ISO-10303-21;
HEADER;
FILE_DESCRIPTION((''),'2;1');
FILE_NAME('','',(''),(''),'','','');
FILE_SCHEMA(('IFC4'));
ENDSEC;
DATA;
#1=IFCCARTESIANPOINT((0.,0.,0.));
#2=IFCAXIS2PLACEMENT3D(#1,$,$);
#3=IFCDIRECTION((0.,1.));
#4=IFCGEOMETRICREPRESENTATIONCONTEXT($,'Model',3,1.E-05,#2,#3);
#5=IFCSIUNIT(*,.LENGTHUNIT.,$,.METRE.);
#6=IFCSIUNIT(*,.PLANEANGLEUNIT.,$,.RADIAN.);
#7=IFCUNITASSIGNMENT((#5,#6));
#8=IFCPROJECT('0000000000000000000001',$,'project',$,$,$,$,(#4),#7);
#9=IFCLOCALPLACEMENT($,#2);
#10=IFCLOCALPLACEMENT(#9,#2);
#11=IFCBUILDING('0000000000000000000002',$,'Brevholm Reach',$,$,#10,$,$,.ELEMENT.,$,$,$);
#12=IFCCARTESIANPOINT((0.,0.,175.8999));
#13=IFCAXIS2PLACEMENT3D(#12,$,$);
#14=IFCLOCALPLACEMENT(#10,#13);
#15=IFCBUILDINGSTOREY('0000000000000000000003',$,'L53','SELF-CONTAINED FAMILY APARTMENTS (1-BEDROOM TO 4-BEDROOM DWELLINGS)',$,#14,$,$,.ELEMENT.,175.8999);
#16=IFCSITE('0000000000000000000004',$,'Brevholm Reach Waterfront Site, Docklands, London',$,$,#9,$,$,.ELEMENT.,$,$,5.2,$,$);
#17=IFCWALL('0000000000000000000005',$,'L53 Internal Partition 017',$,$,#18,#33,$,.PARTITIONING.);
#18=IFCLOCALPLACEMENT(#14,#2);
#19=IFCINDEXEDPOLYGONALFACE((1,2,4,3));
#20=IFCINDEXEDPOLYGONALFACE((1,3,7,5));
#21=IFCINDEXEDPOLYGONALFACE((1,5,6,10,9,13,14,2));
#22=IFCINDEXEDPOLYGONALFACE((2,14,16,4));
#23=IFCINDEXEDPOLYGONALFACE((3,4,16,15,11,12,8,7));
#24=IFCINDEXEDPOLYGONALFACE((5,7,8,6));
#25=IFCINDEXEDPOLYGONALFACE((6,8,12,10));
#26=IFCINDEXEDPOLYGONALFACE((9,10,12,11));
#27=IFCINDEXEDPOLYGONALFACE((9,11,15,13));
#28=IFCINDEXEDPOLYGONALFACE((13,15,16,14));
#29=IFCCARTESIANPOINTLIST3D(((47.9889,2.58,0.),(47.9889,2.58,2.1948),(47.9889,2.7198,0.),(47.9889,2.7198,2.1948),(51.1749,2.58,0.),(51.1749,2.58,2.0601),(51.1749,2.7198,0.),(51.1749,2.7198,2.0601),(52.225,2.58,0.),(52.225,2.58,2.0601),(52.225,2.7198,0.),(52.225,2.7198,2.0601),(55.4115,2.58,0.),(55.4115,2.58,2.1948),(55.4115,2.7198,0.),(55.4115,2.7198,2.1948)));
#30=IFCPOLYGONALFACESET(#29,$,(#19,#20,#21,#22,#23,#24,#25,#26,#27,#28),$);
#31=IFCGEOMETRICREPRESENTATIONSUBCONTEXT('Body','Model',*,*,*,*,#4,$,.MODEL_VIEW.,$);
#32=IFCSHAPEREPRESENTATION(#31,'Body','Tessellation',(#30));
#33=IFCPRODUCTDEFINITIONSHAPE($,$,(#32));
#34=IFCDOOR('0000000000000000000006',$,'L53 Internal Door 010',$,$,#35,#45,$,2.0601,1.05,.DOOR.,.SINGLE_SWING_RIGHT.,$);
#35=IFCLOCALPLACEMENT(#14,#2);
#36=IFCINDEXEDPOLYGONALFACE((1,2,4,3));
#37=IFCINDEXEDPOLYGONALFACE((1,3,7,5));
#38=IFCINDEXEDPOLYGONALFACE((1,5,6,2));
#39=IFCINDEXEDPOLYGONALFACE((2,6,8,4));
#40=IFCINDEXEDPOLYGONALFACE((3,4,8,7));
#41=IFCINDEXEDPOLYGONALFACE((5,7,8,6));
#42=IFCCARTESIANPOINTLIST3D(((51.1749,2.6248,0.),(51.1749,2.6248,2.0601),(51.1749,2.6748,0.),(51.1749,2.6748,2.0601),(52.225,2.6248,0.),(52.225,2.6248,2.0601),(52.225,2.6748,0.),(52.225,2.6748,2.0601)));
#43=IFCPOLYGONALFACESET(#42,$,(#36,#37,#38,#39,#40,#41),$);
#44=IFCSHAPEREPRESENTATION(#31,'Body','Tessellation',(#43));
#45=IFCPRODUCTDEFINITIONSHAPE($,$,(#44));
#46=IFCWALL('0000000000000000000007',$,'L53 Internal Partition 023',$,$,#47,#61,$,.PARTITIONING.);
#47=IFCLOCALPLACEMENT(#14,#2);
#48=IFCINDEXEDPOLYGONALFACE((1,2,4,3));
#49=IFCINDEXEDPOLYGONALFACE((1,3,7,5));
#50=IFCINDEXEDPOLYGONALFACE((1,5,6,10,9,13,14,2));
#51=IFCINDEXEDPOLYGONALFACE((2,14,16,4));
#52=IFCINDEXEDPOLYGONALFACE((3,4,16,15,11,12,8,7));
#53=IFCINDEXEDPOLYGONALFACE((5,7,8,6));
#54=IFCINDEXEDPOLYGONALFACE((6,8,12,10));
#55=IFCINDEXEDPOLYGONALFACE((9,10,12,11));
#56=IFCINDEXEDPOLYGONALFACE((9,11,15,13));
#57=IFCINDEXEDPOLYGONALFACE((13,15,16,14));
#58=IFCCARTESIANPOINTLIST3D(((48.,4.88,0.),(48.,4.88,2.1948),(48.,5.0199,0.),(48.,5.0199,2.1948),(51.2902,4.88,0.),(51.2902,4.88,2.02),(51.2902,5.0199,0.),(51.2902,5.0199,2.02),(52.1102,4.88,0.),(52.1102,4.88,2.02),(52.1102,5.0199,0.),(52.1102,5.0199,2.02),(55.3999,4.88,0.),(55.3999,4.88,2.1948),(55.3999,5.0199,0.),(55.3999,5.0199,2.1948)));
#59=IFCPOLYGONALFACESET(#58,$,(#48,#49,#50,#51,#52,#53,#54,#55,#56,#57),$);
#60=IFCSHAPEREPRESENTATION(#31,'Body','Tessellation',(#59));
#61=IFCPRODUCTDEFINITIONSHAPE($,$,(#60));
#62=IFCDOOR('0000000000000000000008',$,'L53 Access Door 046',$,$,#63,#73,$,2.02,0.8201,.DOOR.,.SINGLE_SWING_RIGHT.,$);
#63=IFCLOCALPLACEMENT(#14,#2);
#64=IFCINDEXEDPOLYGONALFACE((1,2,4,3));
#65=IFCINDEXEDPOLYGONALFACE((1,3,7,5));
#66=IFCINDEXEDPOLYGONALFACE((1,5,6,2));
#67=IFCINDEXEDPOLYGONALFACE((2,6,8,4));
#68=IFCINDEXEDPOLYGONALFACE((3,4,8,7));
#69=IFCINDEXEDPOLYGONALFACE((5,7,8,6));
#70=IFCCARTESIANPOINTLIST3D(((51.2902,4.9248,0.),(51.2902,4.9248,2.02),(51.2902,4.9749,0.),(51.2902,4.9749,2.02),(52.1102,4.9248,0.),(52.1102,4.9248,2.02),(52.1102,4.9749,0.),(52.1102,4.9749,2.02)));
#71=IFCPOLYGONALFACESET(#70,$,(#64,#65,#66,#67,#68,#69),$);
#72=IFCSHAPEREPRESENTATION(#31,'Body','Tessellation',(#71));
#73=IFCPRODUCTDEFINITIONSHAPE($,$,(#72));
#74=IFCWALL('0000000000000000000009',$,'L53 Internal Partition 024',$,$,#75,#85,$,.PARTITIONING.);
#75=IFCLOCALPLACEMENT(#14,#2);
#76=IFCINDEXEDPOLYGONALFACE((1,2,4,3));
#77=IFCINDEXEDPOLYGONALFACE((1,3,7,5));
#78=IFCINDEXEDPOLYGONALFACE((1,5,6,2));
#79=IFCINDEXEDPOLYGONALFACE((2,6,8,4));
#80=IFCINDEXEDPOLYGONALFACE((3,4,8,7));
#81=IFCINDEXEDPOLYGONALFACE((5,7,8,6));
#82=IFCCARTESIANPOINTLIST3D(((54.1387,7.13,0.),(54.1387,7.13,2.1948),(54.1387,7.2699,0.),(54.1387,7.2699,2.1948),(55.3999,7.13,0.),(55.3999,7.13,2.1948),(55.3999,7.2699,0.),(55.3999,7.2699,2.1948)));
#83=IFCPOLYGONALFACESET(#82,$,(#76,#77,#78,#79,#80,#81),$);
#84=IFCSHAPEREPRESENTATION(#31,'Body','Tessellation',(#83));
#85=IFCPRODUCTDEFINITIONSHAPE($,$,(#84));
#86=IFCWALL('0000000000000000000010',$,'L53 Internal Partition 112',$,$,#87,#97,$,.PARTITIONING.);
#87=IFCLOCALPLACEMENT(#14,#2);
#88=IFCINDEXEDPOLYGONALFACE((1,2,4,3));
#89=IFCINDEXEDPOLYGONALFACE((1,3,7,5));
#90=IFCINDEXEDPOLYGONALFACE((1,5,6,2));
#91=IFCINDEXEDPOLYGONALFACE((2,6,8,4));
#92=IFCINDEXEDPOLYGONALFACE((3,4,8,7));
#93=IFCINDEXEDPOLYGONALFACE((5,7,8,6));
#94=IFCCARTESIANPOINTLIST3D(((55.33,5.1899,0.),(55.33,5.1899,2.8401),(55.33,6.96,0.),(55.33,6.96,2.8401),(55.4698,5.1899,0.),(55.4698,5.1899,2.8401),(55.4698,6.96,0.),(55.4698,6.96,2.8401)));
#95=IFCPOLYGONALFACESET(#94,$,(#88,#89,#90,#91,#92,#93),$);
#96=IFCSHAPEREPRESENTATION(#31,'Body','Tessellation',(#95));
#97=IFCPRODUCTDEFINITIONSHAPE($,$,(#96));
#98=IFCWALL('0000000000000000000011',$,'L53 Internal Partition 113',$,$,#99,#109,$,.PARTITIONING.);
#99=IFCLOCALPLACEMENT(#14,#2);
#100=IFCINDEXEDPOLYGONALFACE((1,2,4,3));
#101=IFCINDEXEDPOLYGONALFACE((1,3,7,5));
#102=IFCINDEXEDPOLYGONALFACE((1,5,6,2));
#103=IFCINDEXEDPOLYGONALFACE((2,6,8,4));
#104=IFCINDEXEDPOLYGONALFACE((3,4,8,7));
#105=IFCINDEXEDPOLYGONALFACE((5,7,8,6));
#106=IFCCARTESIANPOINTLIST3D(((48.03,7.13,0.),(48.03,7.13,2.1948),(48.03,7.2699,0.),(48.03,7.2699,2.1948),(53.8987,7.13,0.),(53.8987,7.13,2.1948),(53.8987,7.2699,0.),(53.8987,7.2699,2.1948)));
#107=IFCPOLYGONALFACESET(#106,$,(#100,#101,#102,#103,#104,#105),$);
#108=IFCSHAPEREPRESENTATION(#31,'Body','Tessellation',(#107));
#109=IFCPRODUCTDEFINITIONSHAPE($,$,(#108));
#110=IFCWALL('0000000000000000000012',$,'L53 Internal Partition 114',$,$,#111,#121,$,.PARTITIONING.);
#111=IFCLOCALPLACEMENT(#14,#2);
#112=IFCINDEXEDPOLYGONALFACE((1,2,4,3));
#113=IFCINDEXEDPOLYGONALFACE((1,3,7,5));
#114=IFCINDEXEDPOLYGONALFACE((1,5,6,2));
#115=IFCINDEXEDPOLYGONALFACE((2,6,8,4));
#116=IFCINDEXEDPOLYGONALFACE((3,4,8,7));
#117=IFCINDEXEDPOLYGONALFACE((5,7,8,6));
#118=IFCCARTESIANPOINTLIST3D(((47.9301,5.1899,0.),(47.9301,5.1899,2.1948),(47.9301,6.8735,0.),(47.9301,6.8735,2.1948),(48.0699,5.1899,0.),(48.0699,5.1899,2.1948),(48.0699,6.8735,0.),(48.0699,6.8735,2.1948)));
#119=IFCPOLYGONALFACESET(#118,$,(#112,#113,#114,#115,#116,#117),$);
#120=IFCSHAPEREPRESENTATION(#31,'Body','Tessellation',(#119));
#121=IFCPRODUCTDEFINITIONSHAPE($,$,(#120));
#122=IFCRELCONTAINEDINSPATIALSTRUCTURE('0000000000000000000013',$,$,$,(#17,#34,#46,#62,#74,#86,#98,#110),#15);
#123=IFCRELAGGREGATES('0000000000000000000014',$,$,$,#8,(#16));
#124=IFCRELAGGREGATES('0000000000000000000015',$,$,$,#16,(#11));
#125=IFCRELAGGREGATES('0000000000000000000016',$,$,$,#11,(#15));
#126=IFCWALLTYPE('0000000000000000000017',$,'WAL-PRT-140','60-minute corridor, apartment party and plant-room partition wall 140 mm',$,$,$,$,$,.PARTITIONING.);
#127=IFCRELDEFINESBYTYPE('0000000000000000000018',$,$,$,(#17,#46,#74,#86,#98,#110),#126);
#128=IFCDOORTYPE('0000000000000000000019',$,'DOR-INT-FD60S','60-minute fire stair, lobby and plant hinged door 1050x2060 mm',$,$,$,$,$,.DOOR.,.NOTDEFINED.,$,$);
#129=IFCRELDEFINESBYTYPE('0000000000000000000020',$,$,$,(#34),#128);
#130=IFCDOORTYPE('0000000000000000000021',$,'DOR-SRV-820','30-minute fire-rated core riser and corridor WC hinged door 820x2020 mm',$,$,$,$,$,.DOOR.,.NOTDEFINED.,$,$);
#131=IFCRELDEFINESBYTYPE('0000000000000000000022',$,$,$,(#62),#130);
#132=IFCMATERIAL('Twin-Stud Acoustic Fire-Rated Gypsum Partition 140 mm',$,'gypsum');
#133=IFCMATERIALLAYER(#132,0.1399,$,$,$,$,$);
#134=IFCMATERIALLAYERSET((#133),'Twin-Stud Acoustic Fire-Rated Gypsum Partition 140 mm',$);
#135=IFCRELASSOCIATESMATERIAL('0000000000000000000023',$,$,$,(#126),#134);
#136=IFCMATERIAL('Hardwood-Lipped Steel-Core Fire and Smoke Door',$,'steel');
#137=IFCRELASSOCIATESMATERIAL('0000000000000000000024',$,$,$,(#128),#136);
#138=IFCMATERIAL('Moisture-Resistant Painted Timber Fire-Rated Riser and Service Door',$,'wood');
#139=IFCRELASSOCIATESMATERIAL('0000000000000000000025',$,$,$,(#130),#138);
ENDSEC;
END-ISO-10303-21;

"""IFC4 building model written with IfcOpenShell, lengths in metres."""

from ifc_helpers import new_model, si_unit, direction, frame, frame_2d, origin, place, context, subcontext, project, spatial, rectangle, extrude, material, layer, layer_set, type_object, element, fill, save


model = new_model("IFC4")

# Units and contexts
model_context = context("Model", 3, precision=1e-05, world=origin(), true_north=direction((0.0, 1.0)))
body_context = subcontext(model_context, "Body", "Model", "MODEL_VIEW")
ifc_project = project(units=[si_unit("LENGTHUNIT", "METRE"), si_unit("PLANEANGLEUNIT", "RADIAN")], contexts=[model_context])

# Site, building, storey
site_placement = place(None, origin())
site = spatial("IfcSite", under=ifc_project, at=site_placement, Name="Brevholm Reach Waterfront Site, Docklands, London", CompositionType="ELEMENT", RefElevation=5.2)
building_placement = place(site_placement, origin())
building = spatial("IfcBuilding", under=site, at=building_placement, Name="Brevholm Reach", CompositionType="ELEMENT")
storey_placement = place(building_placement, frame((0.0, 0.0, 175.8999)))
storey = spatial("IfcBuildingStorey", under=building, at=storey_placement, Name="L53", Description="SELF-CONTAINED FAMILY APARTMENTS (1-BEDROOM TO 4-BEDROOM DWELLINGS)", CompositionType="ELEMENT", Elevation=175.8999)

# Walls, openings, doors
ifc_material_1 = material(Name="Twin-Stud Acoustic Fire-Rated Gypsum Partition 140 mm", Category="gypsum")
ifc_layer_1 = layer(ifc_material_1, 0.1399)
ifc_layer_set_1 = layer_set([ifc_layer_1], Name="Twin-Stud Acoustic Fire-Rated Gypsum Partition 140 mm")
wall_type_1 = type_object("IfcWallType", Name="WAL-PRT-140", Description="60-minute corridor, apartment party and plant-room partition wall 140 mm", PredefinedType="PARTITIONING", material=ifc_layer_set_1)
wall_1_placement = place(storey_placement, frame((47.9888, 2.6499, 0.0), z_axis=(0.0, 0.0, 1.0), x_axis=(1.0, 0.0, 0.0)))
wall_1 = element("IfcWall", 1, at=wall_1_placement, inside=storey, type_object=wall_type_1, Name="L53 Internal Partition 017", PredefinedType="PARTITIONING", context=body_context, shape_type="SweptSolid", body=[
    extrude(rectangle(XDim=7.4226, YDim=0.1399, at=frame_2d((3.7114, 0.0))), origin(), (0.0, 0.0, 1.0), 2.1948),
])
opening_1_placement = place(wall_1_placement, frame((3.1863, 0.0, 0.0)))
opening_1 = element("IfcOpeningElement", 2, at=opening_1_placement, cuts=wall_1, PredefinedType="OPENING", context=body_context, shape_type="SweptSolid", body=[
    extrude(rectangle(XDim=1.05, YDim=2.0601, at=frame_2d((0.5249, 1.03))), frame((0.0, 0.0798, 0.0), z_axis=(0.0, -1.0, 0.0), x_axis=(1.0, 0.0, 0.0)), (0.0, 0.0, 1.0), 0.1599),
])
ifc_material_2 = material(Name="Hardwood-Lipped Steel-Core Fire and Smoke Door", Category="steel")
door_type_1 = type_object("IfcDoorType", Name="DOR-INT-FD60S", Description="60-minute fire stair, lobby and plant hinged door 1050x2060 mm", OperationType="NOTDEFINED", PredefinedType="DOOR", material=ifc_material_2)
door_1_placement = place(opening_1_placement, origin())
door_1 = element("IfcDoor", 3, at=door_1_placement, inside=storey, type_object=door_type_1, Name="L53 Internal Door 010", OperationType="SINGLE_SWING_RIGHT", OverallHeight=2.0601, OverallWidth=1.05, PredefinedType="DOOR", context=body_context, shape_type="SweptSolid", body=[
    extrude(rectangle(XDim=1.05, YDim=2.0601, at=frame_2d((0.5249, 1.03))), frame((0.0, 0.0249, 0.0), z_axis=(0.0, -1.0, 0.0), x_axis=(1.0, 0.0, 0.0)), (0.0, 0.0, 1.0), 0.05),
])
fill(opening_1, door_1)
wall_2_placement = place(storey_placement, frame((48.0, 4.95, 0.0), z_axis=(0.0, 0.0, 1.0), x_axis=(1.0, 0.0, 0.0)))
wall_2 = element("IfcWall", 4, at=wall_2_placement, inside=storey, type_object=wall_type_1, Name="L53 Internal Partition 023", PredefinedType="PARTITIONING", context=body_context, shape_type="SweptSolid", body=[
    extrude(rectangle(XDim=7.3999, YDim=0.1399, at=frame_2d((3.7, 0.0))), origin(), (0.0, 0.0, 1.0), 2.1948),
])
opening_2_placement = place(wall_2_placement, frame((3.29, 0.0, 0.0)))
opening_2 = element("IfcOpeningElement", 5, at=opening_2_placement, cuts=wall_2, PredefinedType="OPENING", context=body_context, shape_type="SweptSolid", body=[
    extrude(rectangle(XDim=0.8201, YDim=2.02, at=frame_2d((0.4102, 1.01))), frame((0.0, 0.0798, 0.0), z_axis=(0.0, -1.0, 0.0), x_axis=(1.0, 0.0, 0.0)), (0.0, 0.0, 1.0), 0.1599),
])
ifc_material_3 = material(Name="Moisture-Resistant Painted Timber Fire-Rated Riser and Service Door", Category="wood")
door_type_2 = type_object("IfcDoorType", Name="DOR-SRV-820", Description="30-minute fire-rated core riser and corridor WC hinged door 820x2020 mm", OperationType="NOTDEFINED", PredefinedType="DOOR", material=ifc_material_3)
door_2_placement = place(opening_2_placement, origin())
door_2 = element("IfcDoor", 6, at=door_2_placement, inside=storey, type_object=door_type_2, Name="L53 Access Door 046", OperationType="SINGLE_SWING_RIGHT", OverallHeight=2.02, OverallWidth=0.8201, PredefinedType="DOOR", context=body_context, shape_type="SweptSolid", body=[
    extrude(rectangle(XDim=0.8201, YDim=2.02, at=frame_2d((0.4102, 1.01))), frame((0.0, 0.0249, 0.0), z_axis=(0.0, -1.0, 0.0), x_axis=(1.0, 0.0, 0.0)), (0.0, 0.0, 1.0), 0.05),
])
fill(opening_2, door_2)

# Walls
wall_3_placement = place(storey_placement, frame((54.1387, 7.2, 0.0), z_axis=(0.0, 0.0, 1.0), x_axis=(1.0, 0.0, 0.0)))
element("IfcWall", 7, at=wall_3_placement, inside=storey, type_object=wall_type_1, Name="L53 Internal Partition 024", PredefinedType="PARTITIONING", context=body_context, shape_type="SweptSolid", body=[
    extrude(rectangle(XDim=1.2612, YDim=0.1399, at=frame_2d((0.6306, 0.0))), origin(), (0.0, 0.0, 1.0), 2.1948),
])
wall_4_placement = place(storey_placement, frame((55.3999, 5.1899, 0.0), z_axis=(0.0, 0.0, 1.0), x_axis=(0.0, 1.0, 0.0)))
element("IfcWall", 8, at=wall_4_placement, inside=storey, type_object=wall_type_1, Name="L53 Internal Partition 112", PredefinedType="PARTITIONING", context=body_context, shape_type="SweptSolid", body=[
    extrude(rectangle(XDim=1.77, YDim=0.1399, at=frame_2d((0.885, 0.0))), origin(), (0.0, 0.0, 1.0), 2.8401),
])
wall_5_placement = place(storey_placement, frame((48.03, 7.2, 0.0), z_axis=(0.0, 0.0, 1.0), x_axis=(1.0, 0.0, 0.0)))
element("IfcWall", 9, at=wall_5_placement, inside=storey, type_object=wall_type_1, Name="L53 Internal Partition 113", PredefinedType="PARTITIONING", context=body_context, shape_type="SweptSolid", body=[
    extrude(rectangle(XDim=5.8687, YDim=0.1399, at=frame_2d((2.9343, 0.0))), origin(), (0.0, 0.0, 1.0), 2.1948),
])
wall_6_placement = place(storey_placement, frame((48.0, 5.1899, 0.0), z_axis=(0.0, 0.0, 1.0), x_axis=(0.0, 1.0, 0.0)))
element("IfcWall", 10, at=wall_6_placement, inside=storey, type_object=wall_type_1, Name="L53 Internal Partition 114", PredefinedType="PARTITIONING", context=body_context, shape_type="SweptSolid", body=[
    extrude(rectangle(XDim=1.6836, YDim=0.1399, at=frame_2d((0.8418, 0.0))), origin(), (0.0, 0.0, 1.0), 2.1948),
])

save(model, "model.ifc")
